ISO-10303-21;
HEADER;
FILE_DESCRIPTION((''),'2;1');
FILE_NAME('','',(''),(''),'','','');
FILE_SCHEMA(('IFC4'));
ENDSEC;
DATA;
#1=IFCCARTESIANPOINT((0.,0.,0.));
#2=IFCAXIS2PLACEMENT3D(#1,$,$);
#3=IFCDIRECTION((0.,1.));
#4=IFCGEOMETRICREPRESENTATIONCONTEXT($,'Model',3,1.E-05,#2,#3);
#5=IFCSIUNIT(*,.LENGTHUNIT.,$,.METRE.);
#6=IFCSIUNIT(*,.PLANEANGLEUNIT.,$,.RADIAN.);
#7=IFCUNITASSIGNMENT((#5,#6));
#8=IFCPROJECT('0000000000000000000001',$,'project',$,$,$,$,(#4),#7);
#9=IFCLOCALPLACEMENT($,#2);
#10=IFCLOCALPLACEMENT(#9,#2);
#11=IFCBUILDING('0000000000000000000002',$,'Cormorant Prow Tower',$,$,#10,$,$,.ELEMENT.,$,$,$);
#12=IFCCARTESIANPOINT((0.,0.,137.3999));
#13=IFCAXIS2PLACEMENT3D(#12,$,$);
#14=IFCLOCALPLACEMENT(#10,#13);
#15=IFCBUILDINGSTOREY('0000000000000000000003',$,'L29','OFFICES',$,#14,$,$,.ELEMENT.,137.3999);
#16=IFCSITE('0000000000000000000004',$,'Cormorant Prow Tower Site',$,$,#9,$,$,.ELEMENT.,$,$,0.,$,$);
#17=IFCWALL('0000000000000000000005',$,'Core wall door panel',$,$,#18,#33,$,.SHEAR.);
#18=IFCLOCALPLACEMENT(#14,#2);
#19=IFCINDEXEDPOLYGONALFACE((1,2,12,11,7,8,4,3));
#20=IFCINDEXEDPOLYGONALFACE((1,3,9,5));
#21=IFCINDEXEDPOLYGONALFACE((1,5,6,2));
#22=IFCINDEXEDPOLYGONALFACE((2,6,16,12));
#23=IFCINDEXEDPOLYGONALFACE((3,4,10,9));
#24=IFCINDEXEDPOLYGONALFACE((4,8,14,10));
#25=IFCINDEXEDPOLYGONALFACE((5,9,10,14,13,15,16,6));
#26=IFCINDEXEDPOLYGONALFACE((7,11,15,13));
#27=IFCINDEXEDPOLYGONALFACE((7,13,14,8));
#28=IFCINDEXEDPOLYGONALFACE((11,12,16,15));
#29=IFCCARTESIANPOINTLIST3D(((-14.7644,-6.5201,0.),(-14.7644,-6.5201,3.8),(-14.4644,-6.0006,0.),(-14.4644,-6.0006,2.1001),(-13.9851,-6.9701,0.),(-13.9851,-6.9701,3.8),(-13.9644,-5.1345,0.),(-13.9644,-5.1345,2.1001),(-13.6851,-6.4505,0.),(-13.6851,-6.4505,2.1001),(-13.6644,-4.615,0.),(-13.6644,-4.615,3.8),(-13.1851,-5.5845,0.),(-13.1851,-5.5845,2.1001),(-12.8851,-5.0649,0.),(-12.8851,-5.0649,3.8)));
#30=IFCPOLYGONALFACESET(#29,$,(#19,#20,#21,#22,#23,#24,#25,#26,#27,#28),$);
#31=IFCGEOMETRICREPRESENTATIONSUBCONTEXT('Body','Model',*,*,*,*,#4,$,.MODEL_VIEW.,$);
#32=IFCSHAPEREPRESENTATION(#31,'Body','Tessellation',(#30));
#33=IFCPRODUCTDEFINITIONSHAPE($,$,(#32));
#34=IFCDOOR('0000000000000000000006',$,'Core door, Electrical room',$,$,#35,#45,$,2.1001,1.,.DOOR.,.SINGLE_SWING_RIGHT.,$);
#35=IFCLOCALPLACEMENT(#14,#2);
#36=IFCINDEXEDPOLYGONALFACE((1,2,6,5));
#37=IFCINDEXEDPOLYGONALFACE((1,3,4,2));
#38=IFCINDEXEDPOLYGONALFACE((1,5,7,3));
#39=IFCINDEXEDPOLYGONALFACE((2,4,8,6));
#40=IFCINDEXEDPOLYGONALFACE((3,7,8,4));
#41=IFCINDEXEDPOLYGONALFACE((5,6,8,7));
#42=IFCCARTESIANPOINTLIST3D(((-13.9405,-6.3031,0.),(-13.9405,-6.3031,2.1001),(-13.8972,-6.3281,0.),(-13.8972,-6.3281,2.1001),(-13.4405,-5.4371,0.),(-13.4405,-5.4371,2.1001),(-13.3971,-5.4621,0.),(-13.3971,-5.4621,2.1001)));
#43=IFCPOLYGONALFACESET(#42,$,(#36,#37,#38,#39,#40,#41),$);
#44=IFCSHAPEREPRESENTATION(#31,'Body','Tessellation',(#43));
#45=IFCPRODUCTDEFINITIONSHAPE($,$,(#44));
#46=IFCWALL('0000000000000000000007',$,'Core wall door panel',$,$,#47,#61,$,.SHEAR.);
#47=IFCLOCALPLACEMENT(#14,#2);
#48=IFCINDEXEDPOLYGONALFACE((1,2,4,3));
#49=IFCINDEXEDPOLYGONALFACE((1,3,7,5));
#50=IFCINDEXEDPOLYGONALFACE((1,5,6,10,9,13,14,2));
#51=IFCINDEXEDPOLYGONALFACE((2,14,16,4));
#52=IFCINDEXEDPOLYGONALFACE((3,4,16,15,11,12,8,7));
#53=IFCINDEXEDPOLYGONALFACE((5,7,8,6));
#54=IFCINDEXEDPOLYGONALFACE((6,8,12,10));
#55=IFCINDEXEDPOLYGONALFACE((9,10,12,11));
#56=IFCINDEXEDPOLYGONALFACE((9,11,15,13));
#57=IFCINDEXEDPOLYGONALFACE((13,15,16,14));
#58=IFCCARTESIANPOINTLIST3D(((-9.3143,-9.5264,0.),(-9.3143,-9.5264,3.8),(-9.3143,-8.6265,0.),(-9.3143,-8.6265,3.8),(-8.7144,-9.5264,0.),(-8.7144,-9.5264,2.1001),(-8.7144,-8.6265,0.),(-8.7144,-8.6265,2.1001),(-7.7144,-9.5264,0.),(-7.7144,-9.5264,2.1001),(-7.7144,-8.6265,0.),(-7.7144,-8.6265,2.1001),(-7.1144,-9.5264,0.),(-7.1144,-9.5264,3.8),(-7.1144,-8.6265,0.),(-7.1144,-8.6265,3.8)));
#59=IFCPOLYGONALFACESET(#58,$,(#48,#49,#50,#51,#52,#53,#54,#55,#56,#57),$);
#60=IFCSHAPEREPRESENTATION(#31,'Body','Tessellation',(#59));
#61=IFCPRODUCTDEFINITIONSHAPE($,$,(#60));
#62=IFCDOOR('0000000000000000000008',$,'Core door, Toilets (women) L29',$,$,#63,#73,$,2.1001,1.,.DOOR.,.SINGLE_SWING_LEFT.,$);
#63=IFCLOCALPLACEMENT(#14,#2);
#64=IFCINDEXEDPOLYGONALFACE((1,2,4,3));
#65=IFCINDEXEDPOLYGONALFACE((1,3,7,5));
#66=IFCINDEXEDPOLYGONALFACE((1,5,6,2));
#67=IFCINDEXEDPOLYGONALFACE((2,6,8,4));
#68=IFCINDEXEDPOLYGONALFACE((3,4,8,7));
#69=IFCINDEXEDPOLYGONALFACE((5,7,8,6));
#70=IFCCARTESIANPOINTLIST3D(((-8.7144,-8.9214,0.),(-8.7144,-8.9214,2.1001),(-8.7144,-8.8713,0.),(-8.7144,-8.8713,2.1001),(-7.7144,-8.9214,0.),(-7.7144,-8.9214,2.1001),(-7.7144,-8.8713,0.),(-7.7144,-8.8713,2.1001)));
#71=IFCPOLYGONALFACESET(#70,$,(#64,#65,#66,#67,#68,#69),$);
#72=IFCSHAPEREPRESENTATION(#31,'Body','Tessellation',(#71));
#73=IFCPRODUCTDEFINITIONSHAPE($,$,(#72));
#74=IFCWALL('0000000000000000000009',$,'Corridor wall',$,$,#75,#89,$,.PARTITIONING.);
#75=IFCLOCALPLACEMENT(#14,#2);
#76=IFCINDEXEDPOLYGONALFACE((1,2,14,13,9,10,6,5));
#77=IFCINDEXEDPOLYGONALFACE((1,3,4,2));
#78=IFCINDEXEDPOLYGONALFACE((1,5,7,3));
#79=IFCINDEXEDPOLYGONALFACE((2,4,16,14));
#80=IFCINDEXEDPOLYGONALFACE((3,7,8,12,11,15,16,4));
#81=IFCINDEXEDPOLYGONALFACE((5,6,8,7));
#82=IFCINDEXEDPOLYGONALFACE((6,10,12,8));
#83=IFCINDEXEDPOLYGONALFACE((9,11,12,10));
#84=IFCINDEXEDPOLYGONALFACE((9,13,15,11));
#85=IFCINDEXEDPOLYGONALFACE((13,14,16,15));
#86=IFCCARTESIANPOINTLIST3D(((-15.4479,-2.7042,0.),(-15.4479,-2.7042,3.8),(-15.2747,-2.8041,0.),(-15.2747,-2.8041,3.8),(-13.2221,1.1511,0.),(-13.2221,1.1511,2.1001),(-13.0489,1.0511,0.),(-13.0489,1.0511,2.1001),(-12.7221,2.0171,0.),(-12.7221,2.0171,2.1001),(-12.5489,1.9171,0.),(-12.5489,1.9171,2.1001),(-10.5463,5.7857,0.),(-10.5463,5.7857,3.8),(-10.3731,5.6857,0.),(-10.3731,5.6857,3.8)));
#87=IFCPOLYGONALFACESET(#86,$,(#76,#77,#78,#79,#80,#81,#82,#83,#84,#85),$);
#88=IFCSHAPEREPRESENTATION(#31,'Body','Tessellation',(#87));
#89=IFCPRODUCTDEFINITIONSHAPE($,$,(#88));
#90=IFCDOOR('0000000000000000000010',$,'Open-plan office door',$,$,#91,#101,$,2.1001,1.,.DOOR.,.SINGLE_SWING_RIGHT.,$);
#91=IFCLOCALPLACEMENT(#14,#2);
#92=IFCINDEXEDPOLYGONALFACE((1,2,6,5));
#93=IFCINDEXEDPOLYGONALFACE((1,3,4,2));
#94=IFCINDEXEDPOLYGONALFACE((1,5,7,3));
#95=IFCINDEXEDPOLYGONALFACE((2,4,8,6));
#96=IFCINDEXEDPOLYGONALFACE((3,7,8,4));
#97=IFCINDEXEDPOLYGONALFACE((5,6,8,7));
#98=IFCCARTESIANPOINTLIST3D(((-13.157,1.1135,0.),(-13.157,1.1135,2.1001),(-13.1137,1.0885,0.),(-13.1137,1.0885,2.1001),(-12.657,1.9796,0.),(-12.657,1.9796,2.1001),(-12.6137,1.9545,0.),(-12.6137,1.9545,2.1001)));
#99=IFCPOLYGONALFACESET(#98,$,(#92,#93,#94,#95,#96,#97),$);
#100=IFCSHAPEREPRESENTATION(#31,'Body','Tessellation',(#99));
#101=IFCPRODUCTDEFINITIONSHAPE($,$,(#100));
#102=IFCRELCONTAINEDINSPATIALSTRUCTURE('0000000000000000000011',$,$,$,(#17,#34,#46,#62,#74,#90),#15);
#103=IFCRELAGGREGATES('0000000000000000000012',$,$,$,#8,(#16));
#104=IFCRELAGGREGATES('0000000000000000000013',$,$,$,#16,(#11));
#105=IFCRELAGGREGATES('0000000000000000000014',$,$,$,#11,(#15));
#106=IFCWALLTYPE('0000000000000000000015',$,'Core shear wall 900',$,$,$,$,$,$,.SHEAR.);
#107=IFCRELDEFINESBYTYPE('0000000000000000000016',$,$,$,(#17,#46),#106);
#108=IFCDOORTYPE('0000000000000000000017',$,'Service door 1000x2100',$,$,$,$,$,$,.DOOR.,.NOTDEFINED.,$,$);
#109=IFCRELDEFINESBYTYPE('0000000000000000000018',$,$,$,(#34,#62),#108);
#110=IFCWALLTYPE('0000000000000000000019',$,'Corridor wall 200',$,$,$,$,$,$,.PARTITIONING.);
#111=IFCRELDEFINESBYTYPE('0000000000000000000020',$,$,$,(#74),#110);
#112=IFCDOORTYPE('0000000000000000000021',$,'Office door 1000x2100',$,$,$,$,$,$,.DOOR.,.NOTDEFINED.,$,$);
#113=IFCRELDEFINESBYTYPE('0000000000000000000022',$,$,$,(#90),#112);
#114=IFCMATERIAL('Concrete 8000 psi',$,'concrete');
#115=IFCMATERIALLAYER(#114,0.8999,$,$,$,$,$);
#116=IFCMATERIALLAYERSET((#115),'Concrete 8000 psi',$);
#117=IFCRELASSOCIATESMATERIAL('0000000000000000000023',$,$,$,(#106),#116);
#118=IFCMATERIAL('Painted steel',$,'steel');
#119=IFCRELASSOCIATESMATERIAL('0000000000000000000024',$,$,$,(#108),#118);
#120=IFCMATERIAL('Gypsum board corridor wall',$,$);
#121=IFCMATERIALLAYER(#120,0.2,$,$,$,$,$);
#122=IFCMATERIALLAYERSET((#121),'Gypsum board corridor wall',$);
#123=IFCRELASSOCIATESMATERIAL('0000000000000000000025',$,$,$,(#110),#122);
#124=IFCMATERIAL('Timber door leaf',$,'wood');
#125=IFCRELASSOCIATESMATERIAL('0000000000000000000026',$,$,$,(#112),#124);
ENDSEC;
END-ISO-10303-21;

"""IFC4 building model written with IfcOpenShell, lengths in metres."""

from ifc_helpers import new_model, si_unit, direction, frame, frame_2d, origin, place, context, subcontext, project, spatial, rectangle, extrude, material, layer, layer_set, type_object, element, fill, save


model = new_model("IFC4")

# Units and contexts
model_context = context("Model", 3, precision=1e-05, world=origin(), true_north=direction((0.0, 1.0)))
body_context = subcontext(model_context, "Body", "Model", "MODEL_VIEW")
ifc_project = project(units=[si_unit("LENGTHUNIT", "METRE"), si_unit("PLANEANGLEUNIT", "RADIAN")], contexts=[model_context])

# Site, building, storey
site_placement = place(None, origin())
site = spatial("IfcSite", under=ifc_project, at=site_placement, Name="Cormorant Prow Tower Site", CompositionType="ELEMENT", RefElevation=0.0)
building_placement = place(site_placement, origin())
building = spatial("IfcBuilding", under=site, at=building_placement, Name="Cormorant Prow Tower", CompositionType="ELEMENT")
storey_placement = place(building_placement, frame((0.0, 0.0, 137.3999)))
storey = spatial("IfcBuildingStorey", under=building, at=storey_placement, Name="L29", Description="OFFICES", CompositionType="ELEMENT", Elevation=137.3999)

# Shared definitions
ifc_material_1 = material(Name="Concrete 8000 psi", Category="concrete")
ifc_layer_1 = layer(ifc_material_1, 0.8999)
ifc_layer_set_1 = layer_set([ifc_layer_1], Name="Concrete 8000 psi")
wall_type_1 = type_object("IfcWallType", Name="Core shear wall 900", PredefinedType="SHEAR", material=ifc_layer_set_1)

# Walls, openings, doors
ifc_material_2 = material(Name="Painted steel", Category="steel")
door_type_1 = type_object("IfcDoorType", Name="Service door 1000x2100", OperationType="NOTDEFINED", PredefinedType="DOOR", material=ifc_material_2)
wall_1_placement = place(storey_placement, frame((-13.2747, -4.8398, 0.0), z_axis=(0.0, 0.0, 1.0), x_axis=(-0.50003, -0.866008, 0.0)))
wall_1 = element("IfcWall", 1, at=wall_1_placement, inside=storey, type_object=wall_type_1, Name="Core wall door panel", PredefinedType="SHEAR", context=body_context, shape_type="SweptSolid", body=[
    extrude(rectangle(XDim=2.2, YDim=0.8999, at=frame_2d((1.1001, 0.0))), origin(), (0.0, 0.0, 1.0), 3.8),
])
opening_1_placement = place(wall_1_placement, frame((0.6001, 0.0, 0.0)))
opening_1 = element("IfcOpeningElement", 2, at=opening_1_placement, cuts=wall_1, PredefinedType="OPENING", context=body_context, shape_type="SweptSolid", body=[
    extrude(rectangle(XDim=1.0, YDim=2.1001, at=frame_2d((0.5, 1.05))), frame((0.0, 0.46, 0.0), z_axis=(0.0, -1.0, 0.0), x_axis=(1.0, 0.0, 0.0)), (0.0, 0.0, 1.0), 0.9199),
])
door_1_placement = place(opening_1_placement, origin())
door_1 = element("IfcDoor", 3, at=door_1_placement, inside=storey, type_object=door_type_1, Name="Core door, Electrical room", OperationType="SINGLE_SWING_RIGHT", OverallHeight=2.1001, OverallWidth=1.0, PredefinedType="DOOR", context=body_context, shape_type="SweptSolid", body=[
    extrude(rectangle(XDim=1.0, YDim=2.1001, at=frame_2d((0.5, 1.05))), frame((0.0, 0.2051, 0.0), z_axis=(0.0, -1.0, 0.0), x_axis=(1.0, 0.0, 0.0)), (0.0, 0.0, 1.0), 0.05),
])
fill(opening_1, door_1)
wall_2_placement = place(storey_placement, frame((-9.3145, -9.0764, 0.0), z_axis=(0.0, 0.0, 1.0), x_axis=(1.0, 0.0, 0.0)))
wall_2 = element("IfcWall", 4, at=wall_2_placement, inside=storey, type_object=wall_type_1, Name="Core wall door panel", PredefinedType="SHEAR", context=body_context, shape_type="SweptSolid", body=[
    extrude(rectangle(XDim=2.2, YDim=0.8999, at=frame_2d((1.1001, 0.0))), origin(), (0.0, 0.0, 1.0), 3.8),
])
opening_2_placement = place(wall_2_placement, frame((0.6001, 0.0, 0.0)))
opening_2 = element("IfcOpeningElement", 5, at=opening_2_placement, cuts=wall_2, PredefinedType="OPENING", context=body_context, shape_type="SweptSolid", body=[
    extrude(rectangle(XDim=1.0, YDim=2.1001, at=frame_2d((0.5, 1.05))), frame((0.0, 0.46, 0.0), z_axis=(0.0, -1.0, 0.0), x_axis=(1.0, 0.0, 0.0)), (0.0, 0.0, 1.0), 0.9199),
])
door_2_placement = place(opening_2_placement, origin())
door_2 = element("IfcDoor", 6, at=door_2_placement, inside=storey, type_object=door_type_1, Name="Core door, Toilets (women) L29", OperationType="SINGLE_SWING_LEFT", OverallHeight=2.1001, OverallWidth=1.0, PredefinedType="DOOR", context=body_context, shape_type="SweptSolid", body=[
    extrude(rectangle(XDim=1.0, YDim=2.1001, at=frame_2d((0.5, 1.05))), frame((0.0, 0.2051, 0.0), z_axis=(0.0, -1.0, 0.0), x_axis=(1.0, 0.0, 0.0)), (0.0, 0.0, 1.0), 0.05),
])
fill(opening_2, door_2)
ifc_material_3 = material(Name="Gypsum board corridor wall")
ifc_layer_2 = layer(ifc_material_3, 0.2)
ifc_layer_set_2 = layer_set([ifc_layer_2], Name="Gypsum board corridor wall")
wall_type_2 = type_object("IfcWallType", Name="Corridor wall 200", PredefinedType="PARTITIONING", material=ifc_layer_set_2)
wall_3_placement = place(storey_placement, frame((-15.3613, -2.7542, 0.0), z_axis=(0.0, 0.0, 1.0), x_axis=(0.500004, 0.866023, 0.0)))
wall_3 = element("IfcWall", 7, at=wall_3_placement, inside=storey, type_object=wall_type_2, Name="Corridor wall", PredefinedType="PARTITIONING", context=body_context, shape_type="SweptSolid", body=[
    extrude(rectangle(XDim=9.8032, YDim=0.2, at=frame_2d((4.9016, 0.0))), origin(), (0.0, 0.0, 1.0), 3.8),
])
opening_3_placement = place(wall_3_placement, frame((4.4517, 0.0, 0.0)))
opening_3 = element("IfcOpeningElement", 8, at=opening_3_placement, cuts=wall_3, PredefinedType="OPENING", context=body_context, shape_type="SweptSolid", body=[
    extrude(rectangle(XDim=1.0, YDim=2.1001, at=frame_2d((0.5, 1.05))), frame((0.0, 0.1099, 0.0), z_axis=(0.0, -1.0, 0.0), x_axis=(1.0, 0.0, 0.0)), (0.0, 0.0, 1.0), 0.22),
])
ifc_material_4 = material(Name="Timber door leaf", Category="wood")
door_type_2 = type_object("IfcDoorType", Name="Office door 1000x2100", OperationType="NOTDEFINED", PredefinedType="DOOR", material=ifc_material_4)
door_3_placement = place(opening_3_placement, origin())
door_3 = element("IfcDoor", 9, at=door_3_placement, inside=storey, type_object=door_type_2, Name="Open-plan office door", OperationType="SINGLE_SWING_RIGHT", OverallHeight=2.1001, OverallWidth=1.0, PredefinedType="DOOR", context=body_context, shape_type="SweptSolid", body=[
    extrude(rectangle(XDim=1.0, YDim=2.1001, at=frame_2d((0.5, 1.05))), frame((0.0, 0.0249, 0.0), z_axis=(0.0, -1.0, 0.0), x_axis=(1.0, 0.0, 0.0)), (0.0, 0.0, 1.0), 0.05),
])
fill(opening_3, door_3)

save(model, "model.ifc")
